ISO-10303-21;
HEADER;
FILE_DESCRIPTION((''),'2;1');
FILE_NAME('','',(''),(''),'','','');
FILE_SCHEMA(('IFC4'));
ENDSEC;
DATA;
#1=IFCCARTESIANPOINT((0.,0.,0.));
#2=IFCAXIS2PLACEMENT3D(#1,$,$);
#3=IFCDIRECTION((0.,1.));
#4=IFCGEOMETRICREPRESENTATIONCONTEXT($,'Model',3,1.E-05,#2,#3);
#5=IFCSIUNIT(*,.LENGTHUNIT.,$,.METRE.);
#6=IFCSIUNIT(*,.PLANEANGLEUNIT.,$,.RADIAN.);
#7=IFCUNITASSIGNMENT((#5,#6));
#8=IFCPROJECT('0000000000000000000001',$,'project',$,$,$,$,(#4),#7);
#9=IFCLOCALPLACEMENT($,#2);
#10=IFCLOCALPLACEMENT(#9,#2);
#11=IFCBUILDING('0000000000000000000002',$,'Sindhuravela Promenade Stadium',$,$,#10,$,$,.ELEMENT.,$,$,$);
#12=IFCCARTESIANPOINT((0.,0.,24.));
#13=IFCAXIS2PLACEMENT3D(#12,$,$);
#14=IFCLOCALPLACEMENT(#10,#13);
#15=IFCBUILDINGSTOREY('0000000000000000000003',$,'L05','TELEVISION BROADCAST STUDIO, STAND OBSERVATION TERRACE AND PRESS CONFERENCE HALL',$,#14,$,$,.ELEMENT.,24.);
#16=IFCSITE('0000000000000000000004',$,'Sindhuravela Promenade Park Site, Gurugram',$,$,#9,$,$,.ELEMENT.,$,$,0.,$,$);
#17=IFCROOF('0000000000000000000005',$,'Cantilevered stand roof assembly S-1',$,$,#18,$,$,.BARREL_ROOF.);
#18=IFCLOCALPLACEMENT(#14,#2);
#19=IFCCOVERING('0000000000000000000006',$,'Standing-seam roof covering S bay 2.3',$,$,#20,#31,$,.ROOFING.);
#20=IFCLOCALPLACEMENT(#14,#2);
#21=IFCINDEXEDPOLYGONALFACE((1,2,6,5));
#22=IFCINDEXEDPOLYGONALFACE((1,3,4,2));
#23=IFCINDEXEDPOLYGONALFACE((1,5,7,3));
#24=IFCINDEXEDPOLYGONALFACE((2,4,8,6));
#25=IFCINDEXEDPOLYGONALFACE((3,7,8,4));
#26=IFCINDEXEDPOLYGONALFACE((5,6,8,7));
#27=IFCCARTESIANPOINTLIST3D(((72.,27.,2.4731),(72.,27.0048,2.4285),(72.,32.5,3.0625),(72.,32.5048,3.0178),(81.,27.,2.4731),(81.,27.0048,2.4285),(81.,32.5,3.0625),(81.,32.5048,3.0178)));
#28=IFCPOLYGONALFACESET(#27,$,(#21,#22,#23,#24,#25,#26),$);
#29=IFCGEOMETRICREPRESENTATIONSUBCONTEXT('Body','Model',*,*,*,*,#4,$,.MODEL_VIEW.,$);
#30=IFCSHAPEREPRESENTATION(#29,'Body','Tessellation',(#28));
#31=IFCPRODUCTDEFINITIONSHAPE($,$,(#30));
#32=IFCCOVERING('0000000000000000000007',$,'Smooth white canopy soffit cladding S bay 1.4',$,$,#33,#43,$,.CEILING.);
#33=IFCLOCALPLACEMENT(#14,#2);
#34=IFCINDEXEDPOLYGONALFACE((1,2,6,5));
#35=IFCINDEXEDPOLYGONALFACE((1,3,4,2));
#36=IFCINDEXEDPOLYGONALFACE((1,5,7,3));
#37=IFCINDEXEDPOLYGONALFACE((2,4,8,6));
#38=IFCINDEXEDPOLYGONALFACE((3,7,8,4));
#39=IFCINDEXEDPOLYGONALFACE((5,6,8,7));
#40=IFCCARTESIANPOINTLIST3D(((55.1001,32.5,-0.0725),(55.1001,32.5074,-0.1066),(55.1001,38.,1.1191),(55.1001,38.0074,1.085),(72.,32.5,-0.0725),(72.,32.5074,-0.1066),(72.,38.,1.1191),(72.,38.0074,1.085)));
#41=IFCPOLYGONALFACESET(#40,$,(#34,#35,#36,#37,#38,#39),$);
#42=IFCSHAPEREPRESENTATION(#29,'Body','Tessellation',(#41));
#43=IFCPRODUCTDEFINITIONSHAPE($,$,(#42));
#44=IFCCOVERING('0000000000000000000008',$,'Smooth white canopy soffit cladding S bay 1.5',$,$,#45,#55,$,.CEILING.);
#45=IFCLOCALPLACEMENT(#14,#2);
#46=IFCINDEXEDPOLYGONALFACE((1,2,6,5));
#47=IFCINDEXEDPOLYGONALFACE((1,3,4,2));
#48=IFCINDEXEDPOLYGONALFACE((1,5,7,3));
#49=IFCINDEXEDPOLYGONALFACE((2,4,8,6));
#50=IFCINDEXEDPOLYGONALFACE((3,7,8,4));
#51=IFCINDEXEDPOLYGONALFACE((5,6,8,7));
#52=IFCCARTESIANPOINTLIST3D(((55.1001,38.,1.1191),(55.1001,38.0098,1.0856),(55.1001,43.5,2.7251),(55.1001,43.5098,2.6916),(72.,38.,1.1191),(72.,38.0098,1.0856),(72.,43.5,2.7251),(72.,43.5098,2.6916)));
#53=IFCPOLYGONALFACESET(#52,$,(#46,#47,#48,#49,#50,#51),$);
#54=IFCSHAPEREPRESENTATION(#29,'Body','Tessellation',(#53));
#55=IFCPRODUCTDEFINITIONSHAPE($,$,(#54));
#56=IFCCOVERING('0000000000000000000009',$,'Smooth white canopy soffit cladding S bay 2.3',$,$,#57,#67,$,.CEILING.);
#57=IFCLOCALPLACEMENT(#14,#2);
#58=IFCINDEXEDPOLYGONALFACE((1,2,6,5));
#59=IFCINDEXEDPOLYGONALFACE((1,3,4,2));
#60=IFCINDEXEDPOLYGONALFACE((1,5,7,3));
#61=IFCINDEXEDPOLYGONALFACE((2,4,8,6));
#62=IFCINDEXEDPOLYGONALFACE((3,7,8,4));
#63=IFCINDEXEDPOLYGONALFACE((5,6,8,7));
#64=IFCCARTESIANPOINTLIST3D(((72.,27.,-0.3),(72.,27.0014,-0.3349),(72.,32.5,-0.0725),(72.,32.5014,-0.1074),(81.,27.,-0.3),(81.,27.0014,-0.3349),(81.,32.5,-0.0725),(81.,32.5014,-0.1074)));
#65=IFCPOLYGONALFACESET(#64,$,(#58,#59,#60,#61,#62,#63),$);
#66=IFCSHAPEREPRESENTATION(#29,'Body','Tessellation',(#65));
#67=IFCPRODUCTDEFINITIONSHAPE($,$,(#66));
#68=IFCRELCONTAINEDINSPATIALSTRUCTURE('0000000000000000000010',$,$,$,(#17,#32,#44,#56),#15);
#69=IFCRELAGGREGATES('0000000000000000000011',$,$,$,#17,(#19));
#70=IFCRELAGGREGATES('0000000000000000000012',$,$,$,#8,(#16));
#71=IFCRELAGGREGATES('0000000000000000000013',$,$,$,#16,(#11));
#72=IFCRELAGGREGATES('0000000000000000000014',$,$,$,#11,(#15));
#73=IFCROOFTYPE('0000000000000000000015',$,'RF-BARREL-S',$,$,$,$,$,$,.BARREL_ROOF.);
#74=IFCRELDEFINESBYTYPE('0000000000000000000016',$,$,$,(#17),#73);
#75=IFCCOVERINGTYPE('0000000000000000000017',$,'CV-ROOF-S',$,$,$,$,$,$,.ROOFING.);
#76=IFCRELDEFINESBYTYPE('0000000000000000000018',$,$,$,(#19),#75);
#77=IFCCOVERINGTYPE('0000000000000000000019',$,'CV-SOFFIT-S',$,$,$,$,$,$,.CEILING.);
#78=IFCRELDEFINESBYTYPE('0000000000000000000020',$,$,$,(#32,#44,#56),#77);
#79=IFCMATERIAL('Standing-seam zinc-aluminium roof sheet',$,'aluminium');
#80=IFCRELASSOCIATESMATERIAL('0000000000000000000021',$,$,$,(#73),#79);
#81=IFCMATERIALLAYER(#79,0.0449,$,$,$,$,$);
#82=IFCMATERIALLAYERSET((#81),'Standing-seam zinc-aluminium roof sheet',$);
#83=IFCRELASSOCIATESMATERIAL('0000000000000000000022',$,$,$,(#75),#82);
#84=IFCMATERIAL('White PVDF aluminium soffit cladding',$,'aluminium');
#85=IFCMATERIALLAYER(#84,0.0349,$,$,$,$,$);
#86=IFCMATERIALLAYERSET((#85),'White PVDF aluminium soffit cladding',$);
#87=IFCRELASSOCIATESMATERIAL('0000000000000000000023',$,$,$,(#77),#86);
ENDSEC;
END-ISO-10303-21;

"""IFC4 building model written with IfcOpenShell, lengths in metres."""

from ifc_helpers import new_model, si_unit, direction, frame, origin, place, context, subcontext, project, spatial, polyline, outline, extrude, material, layer, layer_set, type_object, element, aggregate, save


model = new_model("IFC4")

# Units and contexts
model_context = context("Model", 3, precision=1e-05, world=origin(), true_north=direction((0.0, 1.0)))
body_context = subcontext(model_context, "Body", "Model", "MODEL_VIEW")
ifc_project = project(units=[si_unit("LENGTHUNIT", "METRE"), si_unit("PLANEANGLEUNIT", "RADIAN")], contexts=[model_context])

# Site, building, storey
site_placement = place(None, origin())
site = spatial("IfcSite", under=ifc_project, at=site_placement, Name="Sindhuravela Promenade Park Site, Gurugram", CompositionType="ELEMENT", RefElevation=0.0)
building_placement = place(site_placement, origin())
building = spatial("IfcBuilding", under=site, at=building_placement, Name="Sindhuravela Promenade Stadium", CompositionType="ELEMENT")
storey_placement = place(building_placement, frame((0.0, 0.0, 24.0)))
storey = spatial("IfcBuildingStorey", under=building, at=storey_placement, Name="L05", Description="TELEVISION BROADCAST STUDIO, STAND OBSERVATION TERRACE AND PRESS CONFERENCE HALL", CompositionType="ELEMENT", Elevation=24.0)

# Roof, covering
ifc_material_1 = material(Name="Standing-seam zinc-aluminium roof sheet", Category="aluminium")
roof_type = type_object("IfcRoofType", Name="RF-BARREL-S", PredefinedType="BARREL_ROOF", material=ifc_material_1)
roof_placement = place(storey_placement, origin())
roof = element("IfcRoof", 1, at=roof_placement, inside=storey, type_object=roof_type, Name="Cantilevered stand roof assembly S-1", PredefinedType="BARREL_ROOF")
ifc_layer_1 = layer(ifc_material_1, 0.0449)
ifc_layer_set_1 = layer_set([ifc_layer_1], Name="Standing-seam zinc-aluminium roof sheet")
covering_type_1 = type_object("IfcCoveringType", Name="CV-ROOF-S", PredefinedType="ROOFING", material=ifc_layer_set_1)
covering_1_placement = place(storey_placement, frame((72.0, 27.0, 2.4731), z_axis=(0.0, -0.106546, 0.994308), x_axis=(1.0, 0.0, 0.0)))
covering_1 = element("IfcCovering", 2, at=covering_1_placement, type_object=covering_type_1, Name="Standing-seam roof covering S bay 2.3", PredefinedType="ROOFING", context=body_context, shape_type="SweptSolid", body=[
    extrude(outline(polyline([(0.0, 0.0), (9.0, 0.0), (9.0, 5.5315), (0.0, 5.5315), (0.0, 0.0)])), origin(), (0.0, 0.0, -1.0), 0.0449),
])
aggregate(roof, [covering_1])

# Coverings
ifc_material_2 = material(Name="White PVDF aluminium soffit cladding", Category="aluminium")
ifc_layer_2 = layer(ifc_material_2, 0.0349)
ifc_layer_set_2 = layer_set([ifc_layer_2], Name="White PVDF aluminium soffit cladding")
covering_type_2 = type_object("IfcCoveringType", Name="CV-SOFFIT-S", PredefinedType="CEILING", material=ifc_layer_set_2)
covering_2_placement = place(storey_placement, frame((55.1001, 32.5, -0.0725), z_axis=(0.0, -0.211751, 0.977324), x_axis=(1.0, 0.0, 0.0)))
element("IfcCovering", 3, at=covering_2_placement, inside=storey, type_object=covering_type_2, Name="Smooth white canopy soffit cladding S bay 1.4", PredefinedType="CEILING", context=body_context, shape_type="SweptSolid", body=[
    extrude(outline(polyline([(0.0, 0.0), (16.8999, 0.0), (16.8999, 5.6276), (0.0, 5.6276), (0.0, 0.0)])), origin(), (0.0, 0.0, -1.0), 0.0349),
])
covering_3_placement = place(storey_placement, frame((55.1001, 38.0, 1.1191), z_axis=(0.0, -0.280288, 0.959916), x_axis=(1.0, 0.0, 0.0)))
element("IfcCovering", 4, at=covering_3_placement, inside=storey, type_object=covering_type_2, Name="Smooth white canopy soffit cladding S bay 1.5", PredefinedType="CEILING", context=body_context, shape_type="SweptSolid", body=[
    extrude(outline(polyline([(0.0, 0.0), (16.8999, 0.0), (16.8999, 5.7297), (0.0, 5.7297), (0.0, 0.0)])), origin(), (0.0, 0.0, -1.0), 0.0349),
])
covering_4_placement = place(storey_placement, frame((72.0, 27.0, -0.3), z_axis=(0.0, -0.041335, 0.999145), x_axis=(1.0, 0.0, 0.0)))
element("IfcCovering", 5, at=covering_4_placement, inside=storey, type_object=covering_type_2, Name="Smooth white canopy soffit cladding S bay 2.3", PredefinedType="CEILING", context=body_context, shape_type="SweptSolid", body=[
    extrude(outline(polyline([(0.0, 0.0), (9.0, 0.0), (9.0, 5.5047), (0.0, 5.5047), (0.0, 0.0)])), origin(), (0.0, 0.0, -1.0), 0.0349),
])

save(model, "model.ifc")
